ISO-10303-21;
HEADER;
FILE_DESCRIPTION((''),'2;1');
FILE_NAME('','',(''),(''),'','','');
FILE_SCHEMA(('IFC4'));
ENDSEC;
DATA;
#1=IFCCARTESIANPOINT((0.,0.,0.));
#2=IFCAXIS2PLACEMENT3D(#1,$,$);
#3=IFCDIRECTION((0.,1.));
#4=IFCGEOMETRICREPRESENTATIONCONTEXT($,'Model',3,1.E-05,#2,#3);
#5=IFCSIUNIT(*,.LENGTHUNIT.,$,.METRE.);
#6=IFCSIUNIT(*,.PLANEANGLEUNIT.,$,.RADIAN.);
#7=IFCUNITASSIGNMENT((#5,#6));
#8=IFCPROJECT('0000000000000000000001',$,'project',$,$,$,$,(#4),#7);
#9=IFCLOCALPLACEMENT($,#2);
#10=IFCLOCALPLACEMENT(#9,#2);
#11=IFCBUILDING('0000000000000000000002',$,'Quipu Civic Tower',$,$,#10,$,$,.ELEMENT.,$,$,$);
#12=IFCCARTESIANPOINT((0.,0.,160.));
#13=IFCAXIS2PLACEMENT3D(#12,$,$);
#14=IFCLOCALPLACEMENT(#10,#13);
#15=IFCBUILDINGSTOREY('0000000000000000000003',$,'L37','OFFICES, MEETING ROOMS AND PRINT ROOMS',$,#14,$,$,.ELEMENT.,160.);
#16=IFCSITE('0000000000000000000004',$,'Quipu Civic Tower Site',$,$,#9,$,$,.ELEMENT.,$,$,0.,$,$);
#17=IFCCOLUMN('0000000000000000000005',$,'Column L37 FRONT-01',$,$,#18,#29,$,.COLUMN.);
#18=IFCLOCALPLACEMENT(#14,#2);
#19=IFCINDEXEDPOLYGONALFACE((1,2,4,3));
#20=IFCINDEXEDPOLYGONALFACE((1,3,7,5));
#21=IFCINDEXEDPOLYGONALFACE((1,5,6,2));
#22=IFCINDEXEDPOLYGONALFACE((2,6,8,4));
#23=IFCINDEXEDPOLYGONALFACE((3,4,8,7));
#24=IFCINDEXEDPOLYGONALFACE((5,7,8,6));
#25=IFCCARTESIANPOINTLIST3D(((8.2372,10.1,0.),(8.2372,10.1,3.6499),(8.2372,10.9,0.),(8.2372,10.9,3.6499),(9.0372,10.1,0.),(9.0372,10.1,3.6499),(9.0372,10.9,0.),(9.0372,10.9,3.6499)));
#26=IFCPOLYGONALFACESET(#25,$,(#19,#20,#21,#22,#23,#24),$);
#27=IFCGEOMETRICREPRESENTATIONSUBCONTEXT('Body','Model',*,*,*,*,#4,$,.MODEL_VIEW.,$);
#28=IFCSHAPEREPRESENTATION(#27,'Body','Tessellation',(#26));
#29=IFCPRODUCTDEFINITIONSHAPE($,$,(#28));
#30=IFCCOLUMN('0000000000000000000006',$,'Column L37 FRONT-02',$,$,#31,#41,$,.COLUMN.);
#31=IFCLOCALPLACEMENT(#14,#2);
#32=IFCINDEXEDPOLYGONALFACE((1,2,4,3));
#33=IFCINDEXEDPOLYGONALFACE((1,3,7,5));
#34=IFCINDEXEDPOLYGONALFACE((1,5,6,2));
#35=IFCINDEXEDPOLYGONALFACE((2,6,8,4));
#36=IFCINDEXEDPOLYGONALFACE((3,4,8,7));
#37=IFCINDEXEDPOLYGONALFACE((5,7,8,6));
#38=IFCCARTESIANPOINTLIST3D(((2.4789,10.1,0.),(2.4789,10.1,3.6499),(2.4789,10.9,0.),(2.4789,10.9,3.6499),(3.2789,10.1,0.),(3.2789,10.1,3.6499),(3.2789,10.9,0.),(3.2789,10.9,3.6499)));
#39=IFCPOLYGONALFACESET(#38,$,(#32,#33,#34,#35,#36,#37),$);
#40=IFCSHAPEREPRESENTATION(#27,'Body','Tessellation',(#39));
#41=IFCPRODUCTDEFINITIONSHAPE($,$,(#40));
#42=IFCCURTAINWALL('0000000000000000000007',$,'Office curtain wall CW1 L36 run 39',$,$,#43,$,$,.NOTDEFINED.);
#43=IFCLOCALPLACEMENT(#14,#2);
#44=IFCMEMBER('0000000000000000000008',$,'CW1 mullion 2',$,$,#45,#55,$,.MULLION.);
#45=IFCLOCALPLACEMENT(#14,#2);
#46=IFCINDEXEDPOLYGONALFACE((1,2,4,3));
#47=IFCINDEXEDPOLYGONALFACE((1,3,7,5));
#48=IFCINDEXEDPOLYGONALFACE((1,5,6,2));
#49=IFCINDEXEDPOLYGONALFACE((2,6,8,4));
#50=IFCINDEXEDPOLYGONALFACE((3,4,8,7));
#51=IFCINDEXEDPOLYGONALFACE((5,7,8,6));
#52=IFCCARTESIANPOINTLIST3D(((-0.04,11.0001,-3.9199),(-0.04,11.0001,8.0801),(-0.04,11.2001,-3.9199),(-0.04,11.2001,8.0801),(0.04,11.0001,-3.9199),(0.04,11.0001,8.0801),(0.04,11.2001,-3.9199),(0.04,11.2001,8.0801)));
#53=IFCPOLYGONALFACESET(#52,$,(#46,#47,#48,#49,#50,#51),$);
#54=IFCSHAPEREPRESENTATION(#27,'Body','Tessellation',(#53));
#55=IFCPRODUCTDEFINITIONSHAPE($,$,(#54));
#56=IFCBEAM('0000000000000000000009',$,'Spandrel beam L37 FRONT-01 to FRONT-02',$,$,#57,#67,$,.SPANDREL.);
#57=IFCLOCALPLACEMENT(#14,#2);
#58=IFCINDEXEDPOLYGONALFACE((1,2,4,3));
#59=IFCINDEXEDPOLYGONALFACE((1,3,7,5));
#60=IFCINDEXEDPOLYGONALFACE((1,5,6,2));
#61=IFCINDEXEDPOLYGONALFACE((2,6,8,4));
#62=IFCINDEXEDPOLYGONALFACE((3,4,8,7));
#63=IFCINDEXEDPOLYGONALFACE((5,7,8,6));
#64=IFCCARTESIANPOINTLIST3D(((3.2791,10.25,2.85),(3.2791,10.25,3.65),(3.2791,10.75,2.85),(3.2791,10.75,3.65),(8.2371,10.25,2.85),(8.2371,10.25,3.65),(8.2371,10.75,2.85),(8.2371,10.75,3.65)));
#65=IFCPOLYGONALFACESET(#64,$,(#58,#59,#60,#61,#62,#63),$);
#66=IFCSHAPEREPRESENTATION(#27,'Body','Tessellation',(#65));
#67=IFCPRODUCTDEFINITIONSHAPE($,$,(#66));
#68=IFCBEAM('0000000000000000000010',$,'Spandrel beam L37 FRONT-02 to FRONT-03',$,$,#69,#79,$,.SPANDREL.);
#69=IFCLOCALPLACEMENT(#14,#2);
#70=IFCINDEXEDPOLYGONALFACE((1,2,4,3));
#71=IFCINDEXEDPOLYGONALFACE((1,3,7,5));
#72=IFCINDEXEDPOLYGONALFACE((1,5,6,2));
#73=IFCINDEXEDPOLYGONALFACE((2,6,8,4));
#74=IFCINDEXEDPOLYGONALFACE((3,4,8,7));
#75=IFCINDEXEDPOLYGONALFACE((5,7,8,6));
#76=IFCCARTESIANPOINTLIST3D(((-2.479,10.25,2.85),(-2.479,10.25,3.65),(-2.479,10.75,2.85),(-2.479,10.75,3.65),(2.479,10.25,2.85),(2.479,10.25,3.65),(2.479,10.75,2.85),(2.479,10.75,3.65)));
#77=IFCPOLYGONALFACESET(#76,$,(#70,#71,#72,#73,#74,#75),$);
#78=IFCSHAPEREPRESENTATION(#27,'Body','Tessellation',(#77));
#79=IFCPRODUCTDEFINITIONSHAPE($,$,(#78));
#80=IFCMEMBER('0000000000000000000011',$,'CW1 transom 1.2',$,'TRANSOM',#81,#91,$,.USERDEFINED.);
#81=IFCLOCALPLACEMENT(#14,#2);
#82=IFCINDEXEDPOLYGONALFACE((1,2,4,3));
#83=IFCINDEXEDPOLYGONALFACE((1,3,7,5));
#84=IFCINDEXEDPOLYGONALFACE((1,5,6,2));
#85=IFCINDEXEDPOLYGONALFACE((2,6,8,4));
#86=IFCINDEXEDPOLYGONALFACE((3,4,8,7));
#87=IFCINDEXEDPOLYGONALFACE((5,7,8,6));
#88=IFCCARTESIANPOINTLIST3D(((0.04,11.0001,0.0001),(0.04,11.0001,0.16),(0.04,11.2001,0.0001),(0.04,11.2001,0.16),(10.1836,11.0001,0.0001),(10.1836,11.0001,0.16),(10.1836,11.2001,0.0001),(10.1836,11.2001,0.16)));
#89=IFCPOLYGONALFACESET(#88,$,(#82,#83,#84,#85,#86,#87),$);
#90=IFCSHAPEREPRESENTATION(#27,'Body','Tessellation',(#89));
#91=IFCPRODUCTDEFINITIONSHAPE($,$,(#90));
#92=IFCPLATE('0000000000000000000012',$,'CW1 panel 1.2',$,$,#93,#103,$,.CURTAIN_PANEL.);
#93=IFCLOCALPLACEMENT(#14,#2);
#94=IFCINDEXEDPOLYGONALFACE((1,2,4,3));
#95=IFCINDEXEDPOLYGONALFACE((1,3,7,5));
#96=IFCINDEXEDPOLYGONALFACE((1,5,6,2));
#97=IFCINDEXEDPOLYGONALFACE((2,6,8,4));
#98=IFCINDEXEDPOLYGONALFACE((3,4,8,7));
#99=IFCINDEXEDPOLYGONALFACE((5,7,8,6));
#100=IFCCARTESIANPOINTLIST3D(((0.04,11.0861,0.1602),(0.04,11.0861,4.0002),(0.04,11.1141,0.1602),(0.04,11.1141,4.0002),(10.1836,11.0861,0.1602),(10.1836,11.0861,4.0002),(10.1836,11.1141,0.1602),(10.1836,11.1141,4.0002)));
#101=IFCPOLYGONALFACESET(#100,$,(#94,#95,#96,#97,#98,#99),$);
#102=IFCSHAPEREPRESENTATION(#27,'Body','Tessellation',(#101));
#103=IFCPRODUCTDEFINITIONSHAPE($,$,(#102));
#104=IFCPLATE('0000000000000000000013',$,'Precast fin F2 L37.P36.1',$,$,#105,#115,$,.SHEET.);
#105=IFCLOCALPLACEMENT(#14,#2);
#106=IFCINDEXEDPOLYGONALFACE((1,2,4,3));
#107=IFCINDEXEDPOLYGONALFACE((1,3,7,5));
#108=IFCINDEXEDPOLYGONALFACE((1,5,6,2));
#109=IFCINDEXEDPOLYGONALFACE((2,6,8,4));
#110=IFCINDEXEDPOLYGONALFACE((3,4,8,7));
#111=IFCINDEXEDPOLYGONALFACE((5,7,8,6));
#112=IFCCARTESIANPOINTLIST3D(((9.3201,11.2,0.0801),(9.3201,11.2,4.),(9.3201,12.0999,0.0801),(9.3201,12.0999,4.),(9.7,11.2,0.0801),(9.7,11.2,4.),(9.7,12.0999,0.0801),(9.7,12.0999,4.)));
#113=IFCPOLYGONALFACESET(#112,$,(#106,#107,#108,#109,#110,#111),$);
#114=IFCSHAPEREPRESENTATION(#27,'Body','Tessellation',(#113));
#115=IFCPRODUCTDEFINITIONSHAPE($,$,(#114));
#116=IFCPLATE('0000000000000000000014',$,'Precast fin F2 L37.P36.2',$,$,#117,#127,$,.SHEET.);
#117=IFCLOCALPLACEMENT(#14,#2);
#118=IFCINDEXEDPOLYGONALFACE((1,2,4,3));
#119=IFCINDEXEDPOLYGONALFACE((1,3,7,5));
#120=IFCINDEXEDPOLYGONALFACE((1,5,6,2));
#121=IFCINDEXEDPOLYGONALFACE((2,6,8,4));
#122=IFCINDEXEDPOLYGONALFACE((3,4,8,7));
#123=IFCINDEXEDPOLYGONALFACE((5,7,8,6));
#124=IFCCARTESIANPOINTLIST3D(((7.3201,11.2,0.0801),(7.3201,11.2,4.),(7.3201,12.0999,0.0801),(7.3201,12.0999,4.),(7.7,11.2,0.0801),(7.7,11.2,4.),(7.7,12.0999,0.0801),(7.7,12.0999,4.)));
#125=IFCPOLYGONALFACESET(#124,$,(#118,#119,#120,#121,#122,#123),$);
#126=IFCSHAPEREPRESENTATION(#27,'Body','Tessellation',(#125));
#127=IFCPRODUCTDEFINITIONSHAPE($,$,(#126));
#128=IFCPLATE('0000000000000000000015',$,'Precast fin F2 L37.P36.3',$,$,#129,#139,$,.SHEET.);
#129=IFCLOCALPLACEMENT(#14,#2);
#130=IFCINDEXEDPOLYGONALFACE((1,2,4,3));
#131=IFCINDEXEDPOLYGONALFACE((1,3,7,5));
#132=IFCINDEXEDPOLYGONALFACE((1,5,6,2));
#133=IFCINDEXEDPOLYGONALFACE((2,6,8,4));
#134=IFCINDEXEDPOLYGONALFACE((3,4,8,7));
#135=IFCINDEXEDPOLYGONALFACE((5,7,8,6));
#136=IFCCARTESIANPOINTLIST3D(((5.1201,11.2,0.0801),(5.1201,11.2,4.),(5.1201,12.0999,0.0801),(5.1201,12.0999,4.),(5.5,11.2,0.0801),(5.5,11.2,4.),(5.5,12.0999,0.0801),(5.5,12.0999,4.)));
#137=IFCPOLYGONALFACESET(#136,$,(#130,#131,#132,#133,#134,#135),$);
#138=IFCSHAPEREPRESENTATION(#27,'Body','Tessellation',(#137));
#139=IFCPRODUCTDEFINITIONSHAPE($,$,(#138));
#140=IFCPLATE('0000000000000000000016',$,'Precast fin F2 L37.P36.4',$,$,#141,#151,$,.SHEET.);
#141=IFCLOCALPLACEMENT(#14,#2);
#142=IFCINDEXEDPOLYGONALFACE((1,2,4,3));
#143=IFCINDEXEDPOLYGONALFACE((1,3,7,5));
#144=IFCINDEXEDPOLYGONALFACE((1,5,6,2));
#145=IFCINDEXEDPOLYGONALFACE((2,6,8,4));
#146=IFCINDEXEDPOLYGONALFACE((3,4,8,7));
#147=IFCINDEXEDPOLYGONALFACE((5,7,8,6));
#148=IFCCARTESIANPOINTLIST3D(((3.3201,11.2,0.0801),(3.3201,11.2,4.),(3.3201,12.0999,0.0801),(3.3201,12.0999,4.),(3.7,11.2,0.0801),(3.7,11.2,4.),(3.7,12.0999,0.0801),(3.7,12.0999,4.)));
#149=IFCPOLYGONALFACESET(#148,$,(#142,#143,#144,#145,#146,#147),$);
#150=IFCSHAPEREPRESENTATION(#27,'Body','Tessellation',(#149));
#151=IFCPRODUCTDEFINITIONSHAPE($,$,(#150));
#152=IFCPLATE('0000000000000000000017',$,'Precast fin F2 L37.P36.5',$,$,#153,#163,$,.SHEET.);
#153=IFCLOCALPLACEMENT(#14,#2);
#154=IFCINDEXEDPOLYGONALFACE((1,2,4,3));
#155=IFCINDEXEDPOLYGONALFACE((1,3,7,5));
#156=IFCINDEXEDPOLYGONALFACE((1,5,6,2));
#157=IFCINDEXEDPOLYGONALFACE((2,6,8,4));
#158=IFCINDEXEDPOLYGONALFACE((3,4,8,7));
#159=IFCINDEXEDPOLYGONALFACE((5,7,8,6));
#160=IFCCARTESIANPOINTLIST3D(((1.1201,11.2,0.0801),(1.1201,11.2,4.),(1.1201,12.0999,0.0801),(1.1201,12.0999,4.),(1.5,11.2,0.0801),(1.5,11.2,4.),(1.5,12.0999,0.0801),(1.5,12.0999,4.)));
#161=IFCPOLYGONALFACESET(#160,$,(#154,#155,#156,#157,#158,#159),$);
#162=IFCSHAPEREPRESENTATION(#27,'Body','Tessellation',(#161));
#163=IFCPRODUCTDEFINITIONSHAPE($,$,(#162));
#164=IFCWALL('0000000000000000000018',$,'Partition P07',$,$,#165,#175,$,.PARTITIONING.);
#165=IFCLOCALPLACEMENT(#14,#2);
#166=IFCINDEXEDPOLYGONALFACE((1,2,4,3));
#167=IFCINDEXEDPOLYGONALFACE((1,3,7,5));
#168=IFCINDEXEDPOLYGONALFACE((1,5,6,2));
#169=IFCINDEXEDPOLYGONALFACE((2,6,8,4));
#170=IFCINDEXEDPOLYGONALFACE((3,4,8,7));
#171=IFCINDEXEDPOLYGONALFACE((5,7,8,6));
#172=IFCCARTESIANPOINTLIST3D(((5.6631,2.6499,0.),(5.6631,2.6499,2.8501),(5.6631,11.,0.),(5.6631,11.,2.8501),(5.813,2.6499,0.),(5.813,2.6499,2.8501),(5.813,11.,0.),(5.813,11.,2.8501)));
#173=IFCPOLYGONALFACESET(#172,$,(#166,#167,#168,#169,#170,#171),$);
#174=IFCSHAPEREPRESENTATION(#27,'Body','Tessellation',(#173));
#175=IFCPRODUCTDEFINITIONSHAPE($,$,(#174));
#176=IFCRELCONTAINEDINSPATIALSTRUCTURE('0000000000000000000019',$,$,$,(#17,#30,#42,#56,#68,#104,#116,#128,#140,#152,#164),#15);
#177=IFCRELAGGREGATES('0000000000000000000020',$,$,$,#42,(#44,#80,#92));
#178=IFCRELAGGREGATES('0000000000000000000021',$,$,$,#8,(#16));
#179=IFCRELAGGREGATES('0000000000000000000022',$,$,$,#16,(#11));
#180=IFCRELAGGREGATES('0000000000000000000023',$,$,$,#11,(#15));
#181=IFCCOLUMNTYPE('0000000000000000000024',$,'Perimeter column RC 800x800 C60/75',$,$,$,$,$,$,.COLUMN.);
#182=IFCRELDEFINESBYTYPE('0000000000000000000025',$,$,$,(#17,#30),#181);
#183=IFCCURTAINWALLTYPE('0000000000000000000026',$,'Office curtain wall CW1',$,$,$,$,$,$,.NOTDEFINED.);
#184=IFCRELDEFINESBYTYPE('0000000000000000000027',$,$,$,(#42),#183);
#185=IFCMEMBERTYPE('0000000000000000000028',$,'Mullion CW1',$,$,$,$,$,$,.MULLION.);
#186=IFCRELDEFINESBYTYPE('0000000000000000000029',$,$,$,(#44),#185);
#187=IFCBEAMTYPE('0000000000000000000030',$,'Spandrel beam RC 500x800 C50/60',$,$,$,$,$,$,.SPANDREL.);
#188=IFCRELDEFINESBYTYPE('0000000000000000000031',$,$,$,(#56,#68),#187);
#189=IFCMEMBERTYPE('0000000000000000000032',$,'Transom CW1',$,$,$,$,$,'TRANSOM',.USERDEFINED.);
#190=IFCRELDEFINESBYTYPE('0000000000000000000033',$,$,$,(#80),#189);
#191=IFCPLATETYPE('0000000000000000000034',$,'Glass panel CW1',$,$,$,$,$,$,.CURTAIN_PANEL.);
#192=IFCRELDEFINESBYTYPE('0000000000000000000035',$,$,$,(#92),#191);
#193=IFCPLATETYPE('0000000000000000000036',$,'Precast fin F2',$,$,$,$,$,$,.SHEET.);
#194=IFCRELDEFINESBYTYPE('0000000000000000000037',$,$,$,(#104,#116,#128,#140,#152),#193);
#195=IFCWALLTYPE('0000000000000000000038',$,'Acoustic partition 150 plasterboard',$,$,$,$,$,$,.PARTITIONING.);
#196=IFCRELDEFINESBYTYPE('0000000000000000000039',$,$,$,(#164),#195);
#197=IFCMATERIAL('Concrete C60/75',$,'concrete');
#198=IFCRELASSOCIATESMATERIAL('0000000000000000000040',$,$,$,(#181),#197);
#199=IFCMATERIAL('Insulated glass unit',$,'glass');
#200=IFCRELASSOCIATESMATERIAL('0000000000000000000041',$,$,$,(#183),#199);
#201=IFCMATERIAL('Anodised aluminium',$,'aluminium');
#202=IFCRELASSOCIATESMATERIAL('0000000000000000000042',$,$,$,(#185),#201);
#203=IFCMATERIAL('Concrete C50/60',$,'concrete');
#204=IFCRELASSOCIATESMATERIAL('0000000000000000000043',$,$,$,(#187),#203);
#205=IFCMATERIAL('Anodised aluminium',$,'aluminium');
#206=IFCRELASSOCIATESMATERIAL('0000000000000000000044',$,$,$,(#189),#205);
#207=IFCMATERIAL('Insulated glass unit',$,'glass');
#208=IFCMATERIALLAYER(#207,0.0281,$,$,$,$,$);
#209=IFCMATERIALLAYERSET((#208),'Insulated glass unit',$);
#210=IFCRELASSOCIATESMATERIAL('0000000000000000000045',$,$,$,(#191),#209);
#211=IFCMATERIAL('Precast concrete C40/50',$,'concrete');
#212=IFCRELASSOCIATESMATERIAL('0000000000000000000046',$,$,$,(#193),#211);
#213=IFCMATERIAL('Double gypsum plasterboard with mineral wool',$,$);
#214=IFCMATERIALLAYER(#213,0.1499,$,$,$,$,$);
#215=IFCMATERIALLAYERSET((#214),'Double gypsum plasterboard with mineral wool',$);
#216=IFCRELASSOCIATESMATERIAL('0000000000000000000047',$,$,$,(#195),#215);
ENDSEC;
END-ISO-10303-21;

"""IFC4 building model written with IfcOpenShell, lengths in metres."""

from ifc_helpers import new_model, si_unit, direction, frame, frame_2d, origin, origin_2d, place, context, subcontext, project, spatial, rectangle, extrude, material, layer, layer_set, material_profile, profile_set, type_object, element, aggregate, save


model = new_model("IFC4")

# Units and contexts
model_context = context("Model", 3, precision=1e-05, world=origin(), true_north=direction((0.0, 1.0)))
body_context = subcontext(model_context, "Body", "Model", "MODEL_VIEW")
ifc_project = project(units=[si_unit("LENGTHUNIT", "METRE"), si_unit("PLANEANGLEUNIT", "RADIAN")], contexts=[model_context])

# Site, building, storey
site_placement = place(None, origin())
site = spatial("IfcSite", under=ifc_project, at=site_placement, Name="Quipu Civic Tower Site", CompositionType="ELEMENT", RefElevation=0.0)
building_placement = place(site_placement, origin())
building = spatial("IfcBuilding", under=site, at=building_placement, Name="Quipu Civic Tower", CompositionType="ELEMENT")
storey_placement = place(building_placement, frame((0.0, 0.0, 160.0)))
storey = spatial("IfcBuildingStorey", under=building, at=storey_placement, Name="L37", Description="OFFICES, MEETING ROOMS AND PRINT ROOMS", CompositionType="ELEMENT", Elevation=160.0)

# Columns
ifc_material_1 = material(Name="Concrete C60/75", Category="concrete")
ifc_material_profile_1 = material_profile(ifc_material_1, rectangle(XDim=0.8, YDim=0.8, at=origin_2d()), Name="RC800x800")
ifc_profile_set_1 = profile_set([ifc_material_profile_1], Name="Concrete C60/75")
column_type = type_object("IfcColumnType", Name="Perimeter column RC 800x800 C60/75", PredefinedType="COLUMN", material=ifc_profile_set_1)
for number, where, z_axis, x_axis, name in (
    (1, (8.6372, 10.5, 0.0), (0.0, 0.0, 1.0), (-1.0, 0.0, 0.0), "Column L37 FRONT-01"),
    (2, (2.8789, 10.5, 0.0), (0.0, 0.0, 1.0), (-1.0, 0.0, 0.0), "Column L37 FRONT-02"),
):
    element("IfcColumn", number, at=place(storey_placement, frame(where, z_axis=z_axis, x_axis=x_axis)), inside=storey, type_object=column_type, Name=name, PredefinedType="COLUMN", context=body_context, shape_type="SweptSolid", body=[
        extrude(rectangle(XDim=0.8, YDim=0.8, at=origin_2d()), origin(), (0.0, 0.0, 1.0), 3.6499),
    ])

# Curtain wall, member
ifc_material_2 = material(Name="Insulated glass unit", Category="glass")
curtain_wall_type = type_object("IfcCurtainWallType", Name="Office curtain wall CW1", PredefinedType="NOTDEFINED", material=ifc_material_2)
curtain_wall_placement = place(storey_placement, origin())
curtain_wall = element("IfcCurtainWall", 3, at=curtain_wall_placement, inside=storey, type_object=curtain_wall_type, Name="Office curtain wall CW1 L36 run 39", PredefinedType="NOTDEFINED")
ifc_material_3 = material(Name="Anodised aluminium", Category="aluminium")
ifc_material_profile_2 = material_profile(ifc_material_3, rectangle(XDim=0.2, YDim=0.0801, at=origin_2d()), Name="RECT 200x80")
ifc_profile_set_2 = profile_set([ifc_material_profile_2], Name="Anodised aluminium")
member_type_1 = type_object("IfcMemberType", Name="Mullion CW1", PredefinedType="MULLION", material=ifc_profile_set_2)
member_1_placement = place(storey_placement, frame((0.0, 11.1001, -3.9199), z_axis=(0.0, 0.0, 1.0), x_axis=(0.0, -1.0, 0.0)))
member_1 = element("IfcMember", 4, at=member_1_placement, type_object=member_type_1, Name="CW1 mullion 2", PredefinedType="MULLION", context=body_context, shape_type="SweptSolid", body=[
    extrude(rectangle(XDim=0.2, YDim=0.0801, at=origin_2d()), origin(), (0.0, 0.0, 1.0), 12.0),
])

# Beams
ifc_material_4 = material(Name="Concrete C50/60", Category="concrete")
ifc_material_profile_3 = material_profile(ifc_material_4, rectangle(XDim=0.5, YDim=0.8, at=origin_2d()), Name="RC500x800")
ifc_profile_set_3 = profile_set([ifc_material_profile_3], Name="Concrete C50/60")
beam_type = type_object("IfcBeamType", Name="Spandrel beam RC 500x800 C50/60", PredefinedType="SPANDREL", material=ifc_profile_set_3)
for number, where, z_axis, x_axis, name in (
    (5, (8.2371, 10.5, 3.25), (-1.0, 0.0, 0.0), (0.0, -1.0, 0.0), "Spandrel beam L37 FRONT-01 to FRONT-02"),
    (6, (2.479, 10.5, 3.25), (-1.0, 0.0, 0.0), (0.0, -1.0, 0.0), "Spandrel beam L37 FRONT-02 to FRONT-03"),
):
    element("IfcBeam", number, at=place(storey_placement, frame(where, z_axis=z_axis, x_axis=x_axis)), inside=storey, type_object=beam_type, Name=name, PredefinedType="SPANDREL", context=body_context, shape_type="SweptSolid", body=[
        extrude(rectangle(XDim=0.5, YDim=0.8, at=origin_2d()), origin(), (0.0, 0.0, 1.0), 4.958),
    ])

# Member
ifc_material_5 = material(Name="Anodised aluminium", Category="aluminium")
ifc_material_profile_4 = material_profile(ifc_material_5, rectangle(XDim=0.2, YDim=0.1599, at=origin_2d()), Name="RECT 200x160")
ifc_profile_set_4 = profile_set([ifc_material_profile_4], Name="Anodised aluminium")
member_type_2 = type_object("IfcMemberType", Name="Transom CW1", ElementType="TRANSOM", PredefinedType="USERDEFINED", material=ifc_profile_set_4)
member_2_placement = place(storey_placement, frame((10.1836, 11.1001, 0.0801), z_axis=(-1.0, 0.0, 0.0), x_axis=(0.0, -1.0, 0.0)))
member_2 = element("IfcMember", 7, at=member_2_placement, type_object=member_type_2, Name="CW1 transom 1.2", ObjectType="TRANSOM", PredefinedType="USERDEFINED", context=body_context, shape_type="SweptSolid", body=[
    extrude(rectangle(XDim=0.2, YDim=0.1599, at=origin_2d()), origin(), (0.0, 0.0, 1.0), 10.1436),
])

# Plate
ifc_material_6 = material(Name="Insulated glass unit", Category="glass")
ifc_layer_1 = layer(ifc_material_6, 0.0281)
ifc_layer_set_1 = layer_set([ifc_layer_1], Name="Insulated glass unit")
plate_type_1 = type_object("IfcPlateType", Name="Glass panel CW1", PredefinedType="CURTAIN_PANEL", material=ifc_layer_set_1)
plate_placement = place(storey_placement, frame((5.1118, 11.1001, 0.1602), z_axis=(0.0, 0.0, 1.0), x_axis=(-1.0, 0.0, 0.0)))
plate = element("IfcPlate", 8, at=plate_placement, type_object=plate_type_1, Name="CW1 panel 1.2", PredefinedType="CURTAIN_PANEL", context=body_context, shape_type="SweptSolid", body=[
    extrude(rectangle(XDim=10.1436, YDim=0.0281, at=origin_2d()), origin(), (0.0, 0.0, 1.0), 3.8401),
])
aggregate(curtain_wall, [member_1, member_2, plate])

# Plates
ifc_material_7 = material(Name="Precast concrete C40/50", Category="concrete")
plate_type_2 = type_object("IfcPlateType", Name="Precast fin F2", PredefinedType="SHEET", material=ifc_material_7)
for number, where, z_axis, x_axis, name in (
    (9, (9.51, 11.6499, 0.0801), (0.0, 0.0, 1.0), (-1.0, 0.0, 0.0), "Precast fin F2 L37.P36.1"),
    (10, (7.51, 11.6499, 0.0801), (0.0, 0.0, 1.0), (-1.0, 0.0, 0.0), "Precast fin F2 L37.P36.2"),
    (11, (5.3101, 11.6499, 0.0801), (0.0, 0.0, 1.0), (-1.0, 0.0, 0.0), "Precast fin F2 L37.P36.3"),
    (12, (3.51, 11.6499, 0.0801), (0.0, 0.0, 1.0), (-1.0, 0.0, 0.0), "Precast fin F2 L37.P36.4"),
    (13, (1.3101, 11.6499, 0.0801), (0.0, 0.0, 1.0), (-1.0, 0.0, 0.0), "Precast fin F2 L37.P36.5"),
):
    element("IfcPlate", number, at=place(storey_placement, frame(where, z_axis=z_axis, x_axis=x_axis)), inside=storey, type_object=plate_type_2, Name=name, PredefinedType="SHEET", context=body_context, shape_type="SweptSolid", body=[
        extrude(rectangle(XDim=0.3799, YDim=0.8999, at=origin_2d()), origin(), (0.0, 0.0, 1.0), 3.9199),
    ])

# Wall
ifc_material_8 = material(Name="Double gypsum plasterboard with mineral wool")
ifc_layer_2 = layer(ifc_material_8, 0.1499)
ifc_layer_set_2 = layer_set([ifc_layer_2], Name="Double gypsum plasterboard with mineral wool")
wall_type_1 = type_object("IfcWallType", Name="Acoustic partition 150 plasterboard", PredefinedType="PARTITIONING", material=ifc_layer_set_2)
wall_1_placement = place(storey_placement, frame((5.738, 2.6499, 0.0), z_axis=(0.0, 0.0, 1.0), x_axis=(0.0, 1.0, 0.0)))
element("IfcWall", 14, at=wall_1_placement, inside=storey, type_object=wall_type_1, Name="Partition P07", PredefinedType="PARTITIONING", context=body_context, shape_type="SweptSolid", body=[
    extrude(rectangle(XDim=8.3501, YDim=0.1499, at=frame_2d((4.175, 0.0))), origin(), (0.0, 0.0, 1.0), 2.8501),
])

save(model, "model.ifc")
